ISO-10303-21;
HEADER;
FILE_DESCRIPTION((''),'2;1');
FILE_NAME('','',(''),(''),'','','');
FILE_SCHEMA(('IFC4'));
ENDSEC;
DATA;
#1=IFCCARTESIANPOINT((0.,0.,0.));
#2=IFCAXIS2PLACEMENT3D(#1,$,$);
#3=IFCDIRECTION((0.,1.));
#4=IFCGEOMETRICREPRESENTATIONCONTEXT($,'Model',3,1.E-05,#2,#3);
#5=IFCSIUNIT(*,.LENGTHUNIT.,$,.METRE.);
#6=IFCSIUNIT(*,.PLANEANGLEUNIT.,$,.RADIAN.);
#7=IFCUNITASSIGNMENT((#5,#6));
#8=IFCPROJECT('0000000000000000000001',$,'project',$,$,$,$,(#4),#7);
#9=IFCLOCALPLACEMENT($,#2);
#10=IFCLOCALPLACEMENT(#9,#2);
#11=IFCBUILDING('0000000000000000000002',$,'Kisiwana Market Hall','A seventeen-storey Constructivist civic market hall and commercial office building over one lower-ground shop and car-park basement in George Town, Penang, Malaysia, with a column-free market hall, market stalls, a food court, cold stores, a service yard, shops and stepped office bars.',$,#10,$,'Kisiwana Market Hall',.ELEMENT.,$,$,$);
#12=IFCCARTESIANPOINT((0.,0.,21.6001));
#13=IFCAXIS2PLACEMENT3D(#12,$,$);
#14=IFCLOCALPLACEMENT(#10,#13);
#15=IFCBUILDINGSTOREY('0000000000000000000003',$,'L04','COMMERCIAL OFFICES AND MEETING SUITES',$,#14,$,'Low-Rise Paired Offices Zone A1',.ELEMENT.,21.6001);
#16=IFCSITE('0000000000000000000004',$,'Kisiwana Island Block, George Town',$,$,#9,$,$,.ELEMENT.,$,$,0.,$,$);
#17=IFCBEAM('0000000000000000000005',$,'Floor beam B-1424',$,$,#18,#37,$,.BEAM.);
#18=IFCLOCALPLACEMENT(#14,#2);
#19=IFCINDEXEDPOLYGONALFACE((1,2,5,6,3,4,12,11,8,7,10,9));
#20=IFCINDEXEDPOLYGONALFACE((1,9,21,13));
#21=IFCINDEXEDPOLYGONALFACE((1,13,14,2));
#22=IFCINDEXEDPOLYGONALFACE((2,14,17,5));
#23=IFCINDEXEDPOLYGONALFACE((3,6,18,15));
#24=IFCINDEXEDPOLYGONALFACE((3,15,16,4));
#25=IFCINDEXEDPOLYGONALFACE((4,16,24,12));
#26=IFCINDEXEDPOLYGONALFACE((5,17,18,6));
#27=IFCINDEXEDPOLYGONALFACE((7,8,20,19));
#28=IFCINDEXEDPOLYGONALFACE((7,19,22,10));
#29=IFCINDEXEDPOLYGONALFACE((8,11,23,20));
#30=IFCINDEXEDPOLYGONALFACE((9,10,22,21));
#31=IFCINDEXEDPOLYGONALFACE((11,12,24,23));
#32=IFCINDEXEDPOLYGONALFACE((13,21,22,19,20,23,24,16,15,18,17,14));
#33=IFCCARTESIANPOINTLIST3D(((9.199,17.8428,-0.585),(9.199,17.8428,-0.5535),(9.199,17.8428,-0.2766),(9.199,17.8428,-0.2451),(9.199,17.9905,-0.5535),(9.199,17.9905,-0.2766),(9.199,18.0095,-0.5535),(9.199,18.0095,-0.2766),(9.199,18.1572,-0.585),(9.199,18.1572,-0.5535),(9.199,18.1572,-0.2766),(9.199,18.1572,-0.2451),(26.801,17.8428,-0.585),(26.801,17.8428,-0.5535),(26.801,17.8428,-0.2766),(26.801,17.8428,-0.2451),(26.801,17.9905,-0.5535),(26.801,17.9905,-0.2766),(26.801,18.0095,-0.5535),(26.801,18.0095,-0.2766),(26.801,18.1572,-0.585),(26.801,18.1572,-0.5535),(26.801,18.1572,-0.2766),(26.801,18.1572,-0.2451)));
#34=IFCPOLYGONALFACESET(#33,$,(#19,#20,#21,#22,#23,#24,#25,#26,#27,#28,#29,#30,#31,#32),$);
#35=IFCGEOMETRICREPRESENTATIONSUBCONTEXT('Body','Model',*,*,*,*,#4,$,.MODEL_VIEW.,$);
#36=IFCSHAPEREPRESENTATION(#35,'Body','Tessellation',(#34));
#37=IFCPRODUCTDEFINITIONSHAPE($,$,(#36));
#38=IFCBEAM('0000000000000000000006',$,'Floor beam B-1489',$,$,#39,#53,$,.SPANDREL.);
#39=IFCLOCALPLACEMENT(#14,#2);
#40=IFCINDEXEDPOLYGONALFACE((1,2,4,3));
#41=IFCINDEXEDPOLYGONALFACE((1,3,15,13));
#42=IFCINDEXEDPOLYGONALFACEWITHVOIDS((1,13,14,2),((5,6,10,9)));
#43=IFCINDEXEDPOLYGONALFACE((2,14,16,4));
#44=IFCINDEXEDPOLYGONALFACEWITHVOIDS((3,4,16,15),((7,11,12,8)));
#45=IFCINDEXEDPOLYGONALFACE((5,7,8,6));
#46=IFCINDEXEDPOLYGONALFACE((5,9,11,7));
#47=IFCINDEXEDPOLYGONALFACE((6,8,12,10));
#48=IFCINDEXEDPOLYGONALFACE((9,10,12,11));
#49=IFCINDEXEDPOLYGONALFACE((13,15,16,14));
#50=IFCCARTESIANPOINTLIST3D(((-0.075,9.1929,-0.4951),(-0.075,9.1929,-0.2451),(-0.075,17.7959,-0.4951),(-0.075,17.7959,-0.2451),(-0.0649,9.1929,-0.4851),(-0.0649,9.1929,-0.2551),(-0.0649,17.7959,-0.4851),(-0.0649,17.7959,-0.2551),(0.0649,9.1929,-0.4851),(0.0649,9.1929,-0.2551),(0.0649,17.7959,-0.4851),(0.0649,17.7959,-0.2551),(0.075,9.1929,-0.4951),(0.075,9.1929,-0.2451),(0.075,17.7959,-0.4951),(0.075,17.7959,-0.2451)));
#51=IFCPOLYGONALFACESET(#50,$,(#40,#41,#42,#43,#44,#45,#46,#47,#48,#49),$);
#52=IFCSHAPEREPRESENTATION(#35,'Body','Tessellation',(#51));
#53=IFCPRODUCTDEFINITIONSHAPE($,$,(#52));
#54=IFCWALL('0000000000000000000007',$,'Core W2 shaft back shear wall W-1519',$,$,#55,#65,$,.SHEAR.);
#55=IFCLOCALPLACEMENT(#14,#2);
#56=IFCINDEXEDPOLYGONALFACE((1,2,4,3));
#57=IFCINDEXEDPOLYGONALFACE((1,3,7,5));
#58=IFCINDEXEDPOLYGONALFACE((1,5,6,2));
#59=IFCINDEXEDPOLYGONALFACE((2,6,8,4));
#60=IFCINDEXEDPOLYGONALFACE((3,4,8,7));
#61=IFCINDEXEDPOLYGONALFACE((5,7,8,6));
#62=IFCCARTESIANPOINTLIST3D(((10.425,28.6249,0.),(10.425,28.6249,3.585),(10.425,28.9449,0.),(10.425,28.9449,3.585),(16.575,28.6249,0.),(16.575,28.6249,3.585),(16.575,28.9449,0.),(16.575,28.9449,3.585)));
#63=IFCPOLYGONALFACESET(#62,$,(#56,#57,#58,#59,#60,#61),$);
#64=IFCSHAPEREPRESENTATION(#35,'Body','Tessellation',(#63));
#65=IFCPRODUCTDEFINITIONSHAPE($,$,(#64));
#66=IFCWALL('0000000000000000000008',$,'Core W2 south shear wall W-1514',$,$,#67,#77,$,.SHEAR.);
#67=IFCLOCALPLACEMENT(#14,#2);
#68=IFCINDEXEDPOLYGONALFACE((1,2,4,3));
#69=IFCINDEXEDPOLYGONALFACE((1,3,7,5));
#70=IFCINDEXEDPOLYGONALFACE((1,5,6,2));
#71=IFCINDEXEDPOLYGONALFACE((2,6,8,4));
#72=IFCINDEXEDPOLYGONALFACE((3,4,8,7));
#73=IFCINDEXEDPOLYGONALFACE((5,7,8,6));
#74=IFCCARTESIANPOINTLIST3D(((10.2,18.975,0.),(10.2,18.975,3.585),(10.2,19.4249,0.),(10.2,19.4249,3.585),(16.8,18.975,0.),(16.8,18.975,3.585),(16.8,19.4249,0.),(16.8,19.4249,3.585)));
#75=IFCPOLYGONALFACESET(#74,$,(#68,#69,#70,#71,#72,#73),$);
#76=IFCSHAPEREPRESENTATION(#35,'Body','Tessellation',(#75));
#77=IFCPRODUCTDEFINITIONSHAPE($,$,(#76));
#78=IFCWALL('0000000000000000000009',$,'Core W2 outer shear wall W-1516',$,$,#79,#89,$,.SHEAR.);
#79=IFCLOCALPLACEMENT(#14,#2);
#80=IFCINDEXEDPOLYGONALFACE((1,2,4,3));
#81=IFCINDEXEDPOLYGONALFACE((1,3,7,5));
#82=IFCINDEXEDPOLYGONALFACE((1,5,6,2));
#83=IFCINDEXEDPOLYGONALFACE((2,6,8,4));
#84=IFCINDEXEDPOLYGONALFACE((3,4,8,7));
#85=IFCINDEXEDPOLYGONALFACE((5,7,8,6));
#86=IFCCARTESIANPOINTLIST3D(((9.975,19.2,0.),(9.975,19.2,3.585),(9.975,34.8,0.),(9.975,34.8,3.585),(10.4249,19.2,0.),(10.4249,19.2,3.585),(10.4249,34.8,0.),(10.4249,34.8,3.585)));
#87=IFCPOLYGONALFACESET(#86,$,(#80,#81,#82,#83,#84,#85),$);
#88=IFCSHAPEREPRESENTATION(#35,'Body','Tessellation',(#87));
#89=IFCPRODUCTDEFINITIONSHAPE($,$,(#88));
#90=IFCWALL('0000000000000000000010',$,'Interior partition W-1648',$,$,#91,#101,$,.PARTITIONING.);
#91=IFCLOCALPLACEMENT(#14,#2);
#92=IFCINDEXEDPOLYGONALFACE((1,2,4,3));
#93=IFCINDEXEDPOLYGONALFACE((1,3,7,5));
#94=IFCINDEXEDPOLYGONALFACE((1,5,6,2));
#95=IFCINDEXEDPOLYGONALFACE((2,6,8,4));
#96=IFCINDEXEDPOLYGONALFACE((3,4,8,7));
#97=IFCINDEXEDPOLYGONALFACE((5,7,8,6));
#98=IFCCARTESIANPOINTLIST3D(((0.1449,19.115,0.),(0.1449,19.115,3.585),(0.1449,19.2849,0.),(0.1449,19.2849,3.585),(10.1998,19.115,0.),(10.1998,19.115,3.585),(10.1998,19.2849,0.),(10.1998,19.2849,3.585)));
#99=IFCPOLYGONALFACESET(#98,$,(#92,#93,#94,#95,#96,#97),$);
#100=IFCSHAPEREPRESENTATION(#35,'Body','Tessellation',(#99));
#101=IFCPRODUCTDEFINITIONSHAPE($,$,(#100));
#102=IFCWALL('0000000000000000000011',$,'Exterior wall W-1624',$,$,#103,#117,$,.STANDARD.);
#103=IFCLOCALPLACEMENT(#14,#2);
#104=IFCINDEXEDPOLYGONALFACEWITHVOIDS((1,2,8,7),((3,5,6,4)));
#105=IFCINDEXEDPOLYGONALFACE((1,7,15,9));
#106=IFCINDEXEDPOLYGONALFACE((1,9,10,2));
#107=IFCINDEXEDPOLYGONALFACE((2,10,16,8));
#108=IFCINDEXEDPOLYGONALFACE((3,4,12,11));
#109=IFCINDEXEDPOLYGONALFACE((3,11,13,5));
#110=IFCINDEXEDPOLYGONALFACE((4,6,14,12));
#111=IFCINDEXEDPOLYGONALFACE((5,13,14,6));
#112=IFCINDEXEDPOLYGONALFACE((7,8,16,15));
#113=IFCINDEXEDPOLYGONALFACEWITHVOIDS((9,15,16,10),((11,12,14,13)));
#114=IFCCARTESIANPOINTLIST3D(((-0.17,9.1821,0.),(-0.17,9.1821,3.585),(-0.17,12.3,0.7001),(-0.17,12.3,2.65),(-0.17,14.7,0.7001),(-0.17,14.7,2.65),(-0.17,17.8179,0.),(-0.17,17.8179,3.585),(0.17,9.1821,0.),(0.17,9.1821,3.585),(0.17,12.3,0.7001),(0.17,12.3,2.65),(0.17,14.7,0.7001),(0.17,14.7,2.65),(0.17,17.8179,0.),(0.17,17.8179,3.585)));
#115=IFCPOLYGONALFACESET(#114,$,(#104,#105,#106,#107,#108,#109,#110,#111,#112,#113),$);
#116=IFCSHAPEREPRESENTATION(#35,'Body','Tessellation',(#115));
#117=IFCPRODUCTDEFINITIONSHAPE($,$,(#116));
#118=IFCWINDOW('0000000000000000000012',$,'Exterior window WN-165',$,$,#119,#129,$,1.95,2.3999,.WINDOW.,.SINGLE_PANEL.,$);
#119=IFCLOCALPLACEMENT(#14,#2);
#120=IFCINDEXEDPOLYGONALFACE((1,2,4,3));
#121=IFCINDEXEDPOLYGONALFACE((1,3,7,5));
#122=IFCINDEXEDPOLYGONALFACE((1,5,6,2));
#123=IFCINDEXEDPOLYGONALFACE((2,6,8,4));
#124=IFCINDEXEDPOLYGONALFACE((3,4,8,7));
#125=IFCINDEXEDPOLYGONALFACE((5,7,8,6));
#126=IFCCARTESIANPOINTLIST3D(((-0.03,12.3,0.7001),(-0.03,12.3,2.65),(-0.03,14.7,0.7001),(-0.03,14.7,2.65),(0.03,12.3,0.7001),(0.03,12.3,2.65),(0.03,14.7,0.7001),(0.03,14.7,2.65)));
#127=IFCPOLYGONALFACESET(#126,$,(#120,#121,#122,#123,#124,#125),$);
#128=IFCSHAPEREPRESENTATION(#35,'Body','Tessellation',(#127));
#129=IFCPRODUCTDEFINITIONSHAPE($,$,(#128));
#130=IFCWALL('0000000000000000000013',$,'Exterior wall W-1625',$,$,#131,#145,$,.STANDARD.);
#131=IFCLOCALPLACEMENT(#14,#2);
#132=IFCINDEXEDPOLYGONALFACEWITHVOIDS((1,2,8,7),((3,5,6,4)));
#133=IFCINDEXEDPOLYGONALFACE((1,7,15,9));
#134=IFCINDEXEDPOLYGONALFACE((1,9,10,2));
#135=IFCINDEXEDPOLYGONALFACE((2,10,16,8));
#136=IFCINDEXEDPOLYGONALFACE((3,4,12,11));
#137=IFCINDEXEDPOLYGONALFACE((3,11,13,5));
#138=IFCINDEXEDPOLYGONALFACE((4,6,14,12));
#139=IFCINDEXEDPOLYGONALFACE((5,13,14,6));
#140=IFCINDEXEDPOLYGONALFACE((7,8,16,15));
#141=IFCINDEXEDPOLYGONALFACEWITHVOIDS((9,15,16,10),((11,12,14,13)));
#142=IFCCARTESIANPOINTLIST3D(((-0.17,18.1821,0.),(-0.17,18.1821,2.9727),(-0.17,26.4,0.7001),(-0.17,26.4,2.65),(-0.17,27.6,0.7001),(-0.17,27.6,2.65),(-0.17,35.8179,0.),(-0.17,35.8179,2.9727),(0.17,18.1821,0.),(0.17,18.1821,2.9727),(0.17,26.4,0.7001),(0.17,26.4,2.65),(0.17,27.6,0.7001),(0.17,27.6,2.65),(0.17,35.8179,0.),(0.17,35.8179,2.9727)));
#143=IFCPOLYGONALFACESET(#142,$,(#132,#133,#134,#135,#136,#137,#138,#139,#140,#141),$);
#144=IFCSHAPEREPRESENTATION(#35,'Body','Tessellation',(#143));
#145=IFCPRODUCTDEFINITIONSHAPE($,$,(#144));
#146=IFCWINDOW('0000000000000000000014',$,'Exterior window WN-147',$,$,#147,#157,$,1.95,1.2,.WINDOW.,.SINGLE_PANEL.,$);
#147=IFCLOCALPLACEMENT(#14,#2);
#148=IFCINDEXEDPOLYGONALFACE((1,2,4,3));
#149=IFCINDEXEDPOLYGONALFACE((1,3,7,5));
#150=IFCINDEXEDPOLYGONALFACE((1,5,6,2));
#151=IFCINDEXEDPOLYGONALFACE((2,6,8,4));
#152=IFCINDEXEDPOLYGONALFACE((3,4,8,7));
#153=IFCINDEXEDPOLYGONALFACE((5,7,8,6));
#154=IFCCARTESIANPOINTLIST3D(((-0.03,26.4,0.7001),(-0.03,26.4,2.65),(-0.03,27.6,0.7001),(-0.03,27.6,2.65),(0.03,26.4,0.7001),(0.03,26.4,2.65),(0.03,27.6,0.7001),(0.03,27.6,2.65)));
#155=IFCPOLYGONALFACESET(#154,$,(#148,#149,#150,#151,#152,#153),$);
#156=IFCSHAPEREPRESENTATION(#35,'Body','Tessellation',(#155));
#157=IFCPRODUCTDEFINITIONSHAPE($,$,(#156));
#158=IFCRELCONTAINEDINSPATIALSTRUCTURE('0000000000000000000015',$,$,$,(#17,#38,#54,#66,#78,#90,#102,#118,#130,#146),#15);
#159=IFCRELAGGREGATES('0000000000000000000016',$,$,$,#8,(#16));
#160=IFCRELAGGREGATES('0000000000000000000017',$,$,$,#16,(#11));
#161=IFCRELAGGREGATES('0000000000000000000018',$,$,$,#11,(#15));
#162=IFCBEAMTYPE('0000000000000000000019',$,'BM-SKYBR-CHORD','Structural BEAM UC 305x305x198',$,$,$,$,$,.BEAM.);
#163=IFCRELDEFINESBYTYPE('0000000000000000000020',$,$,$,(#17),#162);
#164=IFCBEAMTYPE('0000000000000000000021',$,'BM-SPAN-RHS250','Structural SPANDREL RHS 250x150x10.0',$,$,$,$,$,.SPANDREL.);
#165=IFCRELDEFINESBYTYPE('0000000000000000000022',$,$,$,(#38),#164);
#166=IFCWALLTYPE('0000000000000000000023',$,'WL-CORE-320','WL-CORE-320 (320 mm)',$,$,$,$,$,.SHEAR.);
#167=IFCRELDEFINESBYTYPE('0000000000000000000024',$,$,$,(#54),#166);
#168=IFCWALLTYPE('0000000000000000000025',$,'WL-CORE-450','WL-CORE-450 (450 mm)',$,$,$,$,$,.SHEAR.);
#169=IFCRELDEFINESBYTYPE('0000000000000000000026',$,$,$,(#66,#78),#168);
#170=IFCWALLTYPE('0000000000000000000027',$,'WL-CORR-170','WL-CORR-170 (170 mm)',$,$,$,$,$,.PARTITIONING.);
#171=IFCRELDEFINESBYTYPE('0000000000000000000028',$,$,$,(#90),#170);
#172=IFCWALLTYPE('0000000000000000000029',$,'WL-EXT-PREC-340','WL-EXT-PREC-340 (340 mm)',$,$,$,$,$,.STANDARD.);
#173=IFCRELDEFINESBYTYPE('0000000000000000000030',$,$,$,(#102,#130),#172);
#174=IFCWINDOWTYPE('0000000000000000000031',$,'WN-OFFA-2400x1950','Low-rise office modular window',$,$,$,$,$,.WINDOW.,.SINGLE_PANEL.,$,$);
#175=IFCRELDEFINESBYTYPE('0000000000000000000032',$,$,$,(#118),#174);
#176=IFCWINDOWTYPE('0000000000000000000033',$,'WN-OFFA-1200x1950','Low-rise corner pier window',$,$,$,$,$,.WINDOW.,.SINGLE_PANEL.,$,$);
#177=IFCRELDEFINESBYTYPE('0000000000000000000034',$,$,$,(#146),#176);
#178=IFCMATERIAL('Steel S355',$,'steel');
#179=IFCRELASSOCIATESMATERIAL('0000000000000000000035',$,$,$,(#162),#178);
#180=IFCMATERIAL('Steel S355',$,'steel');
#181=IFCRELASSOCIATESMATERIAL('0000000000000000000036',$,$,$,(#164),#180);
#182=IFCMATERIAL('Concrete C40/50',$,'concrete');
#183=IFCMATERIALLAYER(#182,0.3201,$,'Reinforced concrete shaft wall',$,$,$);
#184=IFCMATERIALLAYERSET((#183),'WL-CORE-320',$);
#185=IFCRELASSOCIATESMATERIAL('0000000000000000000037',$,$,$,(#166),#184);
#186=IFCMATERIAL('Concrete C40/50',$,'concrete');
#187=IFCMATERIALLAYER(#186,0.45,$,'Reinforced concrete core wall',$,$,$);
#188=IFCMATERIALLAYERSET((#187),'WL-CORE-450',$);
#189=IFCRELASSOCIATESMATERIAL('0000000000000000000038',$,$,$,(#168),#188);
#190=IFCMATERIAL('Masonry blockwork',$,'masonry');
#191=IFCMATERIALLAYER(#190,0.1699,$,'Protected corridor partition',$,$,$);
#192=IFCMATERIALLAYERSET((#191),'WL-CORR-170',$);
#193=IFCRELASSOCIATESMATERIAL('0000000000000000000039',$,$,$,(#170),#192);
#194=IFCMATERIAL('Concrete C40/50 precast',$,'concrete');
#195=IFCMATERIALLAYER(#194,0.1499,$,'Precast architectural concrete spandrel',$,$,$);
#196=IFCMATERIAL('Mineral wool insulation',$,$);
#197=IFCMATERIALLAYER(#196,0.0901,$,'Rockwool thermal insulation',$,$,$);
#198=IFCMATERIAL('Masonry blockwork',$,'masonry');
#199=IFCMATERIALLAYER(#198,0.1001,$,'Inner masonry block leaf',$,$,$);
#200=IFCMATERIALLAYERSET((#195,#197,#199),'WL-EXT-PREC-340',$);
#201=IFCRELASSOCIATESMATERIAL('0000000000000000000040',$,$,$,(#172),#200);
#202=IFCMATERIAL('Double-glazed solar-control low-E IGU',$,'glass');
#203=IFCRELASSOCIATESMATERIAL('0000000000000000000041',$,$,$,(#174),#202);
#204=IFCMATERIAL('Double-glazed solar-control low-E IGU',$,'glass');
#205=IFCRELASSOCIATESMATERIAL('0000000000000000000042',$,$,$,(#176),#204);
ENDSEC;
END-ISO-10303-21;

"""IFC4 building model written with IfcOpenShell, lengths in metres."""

from ifc_helpers import new_model, si_unit, direction, frame, frame_2d, origin, origin_2d, place, context, subcontext, project, spatial, rectangle, hollow_rectangle, i_section, extrude, material, layer, layer_set, material_profile, profile_set, type_object, element, fill, save


model = new_model("IFC4")

# Units and contexts
model_context = context("Model", 3, precision=1e-05, world=origin(), true_north=direction((0.0, 1.0)))
body_context = subcontext(model_context, "Body", "Model", "MODEL_VIEW")
ifc_project = project(units=[si_unit("LENGTHUNIT", "METRE"), si_unit("PLANEANGLEUNIT", "RADIAN")], contexts=[model_context])

# Site, building, storey
site_placement = place(None, origin())
site = spatial("IfcSite", under=ifc_project, at=site_placement, Name="Kisiwana Island Block, George Town", CompositionType="ELEMENT", RefElevation=0.0)
building_placement = place(site_placement, origin())
building = spatial("IfcBuilding", under=site, at=building_placement, Name="Kisiwana Market Hall", Description="A seventeen-storey Constructivist civic market hall and commercial office building over one lower-ground shop and car-park basement in George Town, Penang, Malaysia, with a column-free market hall, market stalls, a food court, cold stores, a service yard, shops and stepped office bars.", LongName="Kisiwana Market Hall", CompositionType="ELEMENT")
storey_placement = place(building_placement, frame((0.0, 0.0, 21.6001)))
storey = spatial("IfcBuildingStorey", under=building, at=storey_placement, Name="L04", Description="COMMERCIAL OFFICES AND MEETING SUITES", LongName="Low-Rise Paired Offices Zone A1", CompositionType="ELEMENT", Elevation=21.6001)

# Beams
ifc_material_1 = material(Name="Steel S355", Category="steel")
ifc_material_profile_1 = material_profile(ifc_material_1, i_section(OverallWidth=0.3145, OverallDepth=0.3398, WebThickness=0.019, FlangeThickness=0.0315, at=origin_2d()), Name="UC 305x305x198")
ifc_profile_set_1 = profile_set([ifc_material_profile_1], Name="Steel S355")
beam_type_1 = type_object("IfcBeamType", Name="BM-SKYBR-CHORD", Description="Structural BEAM UC 305x305x198", PredefinedType="BEAM", material=ifc_profile_set_1)
beam_1_placement = place(storey_placement, frame((9.199, 18.0, -0.415), z_axis=(1.0, 0.0, 0.0), x_axis=(0.0, 1.0, 0.0)))
element("IfcBeam", 1, at=beam_1_placement, inside=storey, type_object=beam_type_1, Name="Floor beam B-1424", PredefinedType="BEAM", context=body_context, shape_type="SweptSolid", body=[
    extrude(i_section(OverallWidth=0.3145, OverallDepth=0.3398, WebThickness=0.019, FlangeThickness=0.0315, at=origin_2d()), origin(), (0.0, 0.0, 1.0), 17.6021),
])
ifc_material_2 = material(Name="Steel S355", Category="steel")
ifc_material_profile_2 = material_profile(ifc_material_2, hollow_rectangle(XDim=0.1499, YDim=0.25, WallThickness=0.01, at=origin_2d()), Name="RHS 250x150x10.0")
ifc_profile_set_2 = profile_set([ifc_material_profile_2], Name="Steel S355")
beam_type_2 = type_object("IfcBeamType", Name="BM-SPAN-RHS250", Description="Structural SPANDREL RHS 250x150x10.0", PredefinedType="SPANDREL", material=ifc_profile_set_2)
beam_2_placement = place(storey_placement, frame((0.0, 9.1929, -0.3701), z_axis=(0.0, 1.0, 0.0), x_axis=(-1.0, 0.0, 0.0)))
element("IfcBeam", 2, at=beam_2_placement, inside=storey, type_object=beam_type_2, Name="Floor beam B-1489", PredefinedType="SPANDREL", context=body_context, shape_type="SweptSolid", body=[
    extrude(hollow_rectangle(XDim=0.1499, YDim=0.25, WallThickness=0.01, at=origin_2d()), origin(), (0.0, 0.0, 1.0), 8.603),
])

# Walls
ifc_material_3 = material(Name="Concrete C40/50", Category="concrete")
ifc_layer_1 = layer(ifc_material_3, 0.3201, Name="Reinforced concrete shaft wall")
ifc_layer_set_1 = layer_set([ifc_layer_1], Name="WL-CORE-320")
wall_type_1 = type_object("IfcWallType", Name="WL-CORE-320", Description="WL-CORE-320 (320 mm)", PredefinedType="SHEAR", material=ifc_layer_set_1)
wall_1_placement = place(storey_placement, frame((10.425, 28.7849, 0.0), z_axis=(0.0, 0.0, 1.0), x_axis=(1.0, 0.0, 0.0)))
element("IfcWall", 3, at=wall_1_placement, inside=storey, type_object=wall_type_1, Name="Core W2 shaft back shear wall W-1519", PredefinedType="SHEAR", context=body_context, shape_type="SweptSolid", body=[
    extrude(rectangle(XDim=6.1499, YDim=0.3201, at=frame_2d((3.075, 0.0))), origin(), (0.0, 0.0, 1.0), 3.585),
])
ifc_material_4 = material(Name="Concrete C40/50", Category="concrete")
ifc_layer_2 = layer(ifc_material_4, 0.45, Name="Reinforced concrete core wall")
ifc_layer_set_2 = layer_set([ifc_layer_2], Name="WL-CORE-450")
wall_type_2 = type_object("IfcWallType", Name="WL-CORE-450", Description="WL-CORE-450 (450 mm)", PredefinedType="SHEAR", material=ifc_layer_set_2)
wall_2_placement = place(storey_placement, frame((10.2, 19.2, 0.0), z_axis=(0.0, 0.0, 1.0), x_axis=(1.0, 0.0, 0.0)))
element("IfcWall", 4, at=wall_2_placement, inside=storey, type_object=wall_type_2, Name="Core W2 south shear wall W-1514", PredefinedType="SHEAR", context=body_context, shape_type="SweptSolid", body=[
    extrude(rectangle(XDim=6.6001, YDim=0.45, at=frame_2d((3.3, 0.0))), origin(), (0.0, 0.0, 1.0), 3.585),
])
wall_3_placement = place(storey_placement, frame((10.2, 19.2, 0.0), z_axis=(0.0, 0.0, 1.0), x_axis=(0.0, 1.0, 0.0)))
element("IfcWall", 5, at=wall_3_placement, inside=storey, type_object=wall_type_2, Name="Core W2 outer shear wall W-1516", PredefinedType="SHEAR", context=body_context, shape_type="SweptSolid", body=[
    extrude(rectangle(XDim=15.6001, YDim=0.45, at=frame_2d((7.8, 0.0))), origin(), (0.0, 0.0, 1.0), 3.585),
])
ifc_material_5 = material(Name="Masonry blockwork", Category="masonry")
ifc_layer_3 = layer(ifc_material_5, 0.1699, Name="Protected corridor partition")
ifc_layer_set_3 = layer_set([ifc_layer_3], Name="WL-CORR-170")
wall_type_3 = type_object("IfcWallType", Name="WL-CORR-170", Description="WL-CORR-170 (170 mm)", PredefinedType="PARTITIONING", material=ifc_layer_set_3)
wall_4_placement = place(storey_placement, frame((0.145, 19.2, 0.0), z_axis=(0.0, 0.0, 1.0), x_axis=(1.0, 0.0, 0.0)))
element("IfcWall", 6, at=wall_4_placement, inside=storey, type_object=wall_type_3, Name="Interior partition W-1648", PredefinedType="PARTITIONING", context=body_context, shape_type="SweptSolid", body=[
    extrude(rectangle(XDim=10.0549, YDim=0.1699, at=frame_2d((5.0273, 0.0))), origin(), (0.0, 0.0, 1.0), 3.585),
])

# Walls, openings, windows
ifc_material_6 = material(Name="Concrete C40/50 precast", Category="concrete")
ifc_layer_4 = layer(ifc_material_6, 0.1499, Name="Precast architectural concrete spandrel")
ifc_material_7 = material(Name="Mineral wool insulation")
ifc_layer_5 = layer(ifc_material_7, 0.0901, Name="Rockwool thermal insulation")
ifc_material_8 = material(Name="Masonry blockwork", Category="masonry")
ifc_layer_6 = layer(ifc_material_8, 0.1001, Name="Inner masonry block leaf")
ifc_layer_set_4 = layer_set([ifc_layer_4, ifc_layer_5, ifc_layer_6], Name="WL-EXT-PREC-340")
wall_type_4 = type_object("IfcWallType", Name="WL-EXT-PREC-340", Description="WL-EXT-PREC-340 (340 mm)", PredefinedType="STANDARD", material=ifc_layer_set_4)
wall_5_placement = place(storey_placement, frame((0.0, 9.1821, 0.0), z_axis=(0.0, 0.0, 1.0), x_axis=(0.0, 1.0, 0.0)))
wall_5 = element("IfcWall", 7, at=wall_5_placement, inside=storey, type_object=wall_type_4, Name="Exterior wall W-1624", PredefinedType="STANDARD", context=body_context, shape_type="SweptSolid", body=[
    extrude(rectangle(XDim=8.6357, YDim=0.3401, at=frame_2d((4.3179, 0.0))), origin(), (0.0, 0.0, 1.0), 3.585),
])
opening_1_placement = place(wall_5_placement, frame((3.1179, 0.0, 0.7)))
opening_1 = element("IfcOpeningElement", 8, at=opening_1_placement, cuts=wall_5, PredefinedType="OPENING", context=body_context, shape_type="SweptSolid", body=[
    extrude(rectangle(XDim=2.3999, YDim=1.95, at=frame_2d((1.2, 0.9751))), frame((0.0, 0.1821, 0.0), z_axis=(0.0, -1.0, 0.0), x_axis=(1.0, 0.0, 0.0)), (0.0, 0.0, 1.0), 0.364),
])
ifc_material_9 = material(Name="Double-glazed solar-control low-E IGU", Category="glass")
window_type_1 = type_object("IfcWindowType", Name="WN-OFFA-2400x1950", Description="Low-rise office modular window", PartitioningType="SINGLE_PANEL", PredefinedType="WINDOW", material=ifc_material_9)
window_1_placement = place(opening_1_placement, origin())
window_1 = element("IfcWindow", 9, at=window_1_placement, inside=storey, type_object=window_type_1, Name="Exterior window WN-165", OverallHeight=1.95, OverallWidth=2.3999, PartitioningType="SINGLE_PANEL", PredefinedType="WINDOW", context=body_context, shape_type="SweptSolid", body=[
    extrude(rectangle(XDim=2.3999, YDim=1.95, at=frame_2d((1.2, 0.9751))), frame((0.0, 0.03, 0.0), z_axis=(0.0, -1.0, 0.0), x_axis=(1.0, 0.0, 0.0)), (0.0, 0.0, 1.0), 0.0601),
])
fill(opening_1, window_1)
wall_6_placement = place(storey_placement, frame((0.0, 18.1821, 0.0), z_axis=(0.0, 0.0, 1.0), x_axis=(0.0, 1.0, 0.0)))
wall_6 = element("IfcWall", 10, at=wall_6_placement, inside=storey, type_object=wall_type_4, Name="Exterior wall W-1625", PredefinedType="STANDARD", context=body_context, shape_type="SweptSolid", body=[
    extrude(rectangle(XDim=17.6357, YDim=0.3401, at=frame_2d((8.8179, 0.0))), origin(), (0.0, 0.0, 1.0), 2.9727),
])
opening_2_placement = place(wall_6_placement, frame((8.2178, 0.0, 0.7)))
opening_2 = element("IfcOpeningElement", 11, at=opening_2_placement, cuts=wall_6, PredefinedType="OPENING", context=body_context, shape_type="SweptSolid", body=[
    extrude(rectangle(XDim=1.2, YDim=1.95, at=frame_2d((0.6001, 0.9751))), frame((0.0, 0.1821, 0.0), z_axis=(0.0, -1.0, 0.0), x_axis=(1.0, 0.0, 0.0)), (0.0, 0.0, 1.0), 0.364),
])
ifc_material_10 = material(Name="Double-glazed solar-control low-E IGU", Category="glass")
window_type_2 = type_object("IfcWindowType", Name="WN-OFFA-1200x1950", Description="Low-rise corner pier window", PartitioningType="SINGLE_PANEL", PredefinedType="WINDOW", material=ifc_material_10)
window_2_placement = place(opening_2_placement, origin())
window_2 = element("IfcWindow", 12, at=window_2_placement, inside=storey, type_object=window_type_2, Name="Exterior window WN-147", OverallHeight=1.95, OverallWidth=1.2, PartitioningType="SINGLE_PANEL", PredefinedType="WINDOW", context=body_context, shape_type="SweptSolid", body=[
    extrude(rectangle(XDim=1.2, YDim=1.95, at=frame_2d((0.6001, 0.9751))), frame((0.0, 0.03, 0.0), z_axis=(0.0, -1.0, 0.0), x_axis=(1.0, 0.0, 0.0)), (0.0, 0.0, 1.0), 0.0601),
])
fill(opening_2, window_2)

save(model, "model.ifc")
